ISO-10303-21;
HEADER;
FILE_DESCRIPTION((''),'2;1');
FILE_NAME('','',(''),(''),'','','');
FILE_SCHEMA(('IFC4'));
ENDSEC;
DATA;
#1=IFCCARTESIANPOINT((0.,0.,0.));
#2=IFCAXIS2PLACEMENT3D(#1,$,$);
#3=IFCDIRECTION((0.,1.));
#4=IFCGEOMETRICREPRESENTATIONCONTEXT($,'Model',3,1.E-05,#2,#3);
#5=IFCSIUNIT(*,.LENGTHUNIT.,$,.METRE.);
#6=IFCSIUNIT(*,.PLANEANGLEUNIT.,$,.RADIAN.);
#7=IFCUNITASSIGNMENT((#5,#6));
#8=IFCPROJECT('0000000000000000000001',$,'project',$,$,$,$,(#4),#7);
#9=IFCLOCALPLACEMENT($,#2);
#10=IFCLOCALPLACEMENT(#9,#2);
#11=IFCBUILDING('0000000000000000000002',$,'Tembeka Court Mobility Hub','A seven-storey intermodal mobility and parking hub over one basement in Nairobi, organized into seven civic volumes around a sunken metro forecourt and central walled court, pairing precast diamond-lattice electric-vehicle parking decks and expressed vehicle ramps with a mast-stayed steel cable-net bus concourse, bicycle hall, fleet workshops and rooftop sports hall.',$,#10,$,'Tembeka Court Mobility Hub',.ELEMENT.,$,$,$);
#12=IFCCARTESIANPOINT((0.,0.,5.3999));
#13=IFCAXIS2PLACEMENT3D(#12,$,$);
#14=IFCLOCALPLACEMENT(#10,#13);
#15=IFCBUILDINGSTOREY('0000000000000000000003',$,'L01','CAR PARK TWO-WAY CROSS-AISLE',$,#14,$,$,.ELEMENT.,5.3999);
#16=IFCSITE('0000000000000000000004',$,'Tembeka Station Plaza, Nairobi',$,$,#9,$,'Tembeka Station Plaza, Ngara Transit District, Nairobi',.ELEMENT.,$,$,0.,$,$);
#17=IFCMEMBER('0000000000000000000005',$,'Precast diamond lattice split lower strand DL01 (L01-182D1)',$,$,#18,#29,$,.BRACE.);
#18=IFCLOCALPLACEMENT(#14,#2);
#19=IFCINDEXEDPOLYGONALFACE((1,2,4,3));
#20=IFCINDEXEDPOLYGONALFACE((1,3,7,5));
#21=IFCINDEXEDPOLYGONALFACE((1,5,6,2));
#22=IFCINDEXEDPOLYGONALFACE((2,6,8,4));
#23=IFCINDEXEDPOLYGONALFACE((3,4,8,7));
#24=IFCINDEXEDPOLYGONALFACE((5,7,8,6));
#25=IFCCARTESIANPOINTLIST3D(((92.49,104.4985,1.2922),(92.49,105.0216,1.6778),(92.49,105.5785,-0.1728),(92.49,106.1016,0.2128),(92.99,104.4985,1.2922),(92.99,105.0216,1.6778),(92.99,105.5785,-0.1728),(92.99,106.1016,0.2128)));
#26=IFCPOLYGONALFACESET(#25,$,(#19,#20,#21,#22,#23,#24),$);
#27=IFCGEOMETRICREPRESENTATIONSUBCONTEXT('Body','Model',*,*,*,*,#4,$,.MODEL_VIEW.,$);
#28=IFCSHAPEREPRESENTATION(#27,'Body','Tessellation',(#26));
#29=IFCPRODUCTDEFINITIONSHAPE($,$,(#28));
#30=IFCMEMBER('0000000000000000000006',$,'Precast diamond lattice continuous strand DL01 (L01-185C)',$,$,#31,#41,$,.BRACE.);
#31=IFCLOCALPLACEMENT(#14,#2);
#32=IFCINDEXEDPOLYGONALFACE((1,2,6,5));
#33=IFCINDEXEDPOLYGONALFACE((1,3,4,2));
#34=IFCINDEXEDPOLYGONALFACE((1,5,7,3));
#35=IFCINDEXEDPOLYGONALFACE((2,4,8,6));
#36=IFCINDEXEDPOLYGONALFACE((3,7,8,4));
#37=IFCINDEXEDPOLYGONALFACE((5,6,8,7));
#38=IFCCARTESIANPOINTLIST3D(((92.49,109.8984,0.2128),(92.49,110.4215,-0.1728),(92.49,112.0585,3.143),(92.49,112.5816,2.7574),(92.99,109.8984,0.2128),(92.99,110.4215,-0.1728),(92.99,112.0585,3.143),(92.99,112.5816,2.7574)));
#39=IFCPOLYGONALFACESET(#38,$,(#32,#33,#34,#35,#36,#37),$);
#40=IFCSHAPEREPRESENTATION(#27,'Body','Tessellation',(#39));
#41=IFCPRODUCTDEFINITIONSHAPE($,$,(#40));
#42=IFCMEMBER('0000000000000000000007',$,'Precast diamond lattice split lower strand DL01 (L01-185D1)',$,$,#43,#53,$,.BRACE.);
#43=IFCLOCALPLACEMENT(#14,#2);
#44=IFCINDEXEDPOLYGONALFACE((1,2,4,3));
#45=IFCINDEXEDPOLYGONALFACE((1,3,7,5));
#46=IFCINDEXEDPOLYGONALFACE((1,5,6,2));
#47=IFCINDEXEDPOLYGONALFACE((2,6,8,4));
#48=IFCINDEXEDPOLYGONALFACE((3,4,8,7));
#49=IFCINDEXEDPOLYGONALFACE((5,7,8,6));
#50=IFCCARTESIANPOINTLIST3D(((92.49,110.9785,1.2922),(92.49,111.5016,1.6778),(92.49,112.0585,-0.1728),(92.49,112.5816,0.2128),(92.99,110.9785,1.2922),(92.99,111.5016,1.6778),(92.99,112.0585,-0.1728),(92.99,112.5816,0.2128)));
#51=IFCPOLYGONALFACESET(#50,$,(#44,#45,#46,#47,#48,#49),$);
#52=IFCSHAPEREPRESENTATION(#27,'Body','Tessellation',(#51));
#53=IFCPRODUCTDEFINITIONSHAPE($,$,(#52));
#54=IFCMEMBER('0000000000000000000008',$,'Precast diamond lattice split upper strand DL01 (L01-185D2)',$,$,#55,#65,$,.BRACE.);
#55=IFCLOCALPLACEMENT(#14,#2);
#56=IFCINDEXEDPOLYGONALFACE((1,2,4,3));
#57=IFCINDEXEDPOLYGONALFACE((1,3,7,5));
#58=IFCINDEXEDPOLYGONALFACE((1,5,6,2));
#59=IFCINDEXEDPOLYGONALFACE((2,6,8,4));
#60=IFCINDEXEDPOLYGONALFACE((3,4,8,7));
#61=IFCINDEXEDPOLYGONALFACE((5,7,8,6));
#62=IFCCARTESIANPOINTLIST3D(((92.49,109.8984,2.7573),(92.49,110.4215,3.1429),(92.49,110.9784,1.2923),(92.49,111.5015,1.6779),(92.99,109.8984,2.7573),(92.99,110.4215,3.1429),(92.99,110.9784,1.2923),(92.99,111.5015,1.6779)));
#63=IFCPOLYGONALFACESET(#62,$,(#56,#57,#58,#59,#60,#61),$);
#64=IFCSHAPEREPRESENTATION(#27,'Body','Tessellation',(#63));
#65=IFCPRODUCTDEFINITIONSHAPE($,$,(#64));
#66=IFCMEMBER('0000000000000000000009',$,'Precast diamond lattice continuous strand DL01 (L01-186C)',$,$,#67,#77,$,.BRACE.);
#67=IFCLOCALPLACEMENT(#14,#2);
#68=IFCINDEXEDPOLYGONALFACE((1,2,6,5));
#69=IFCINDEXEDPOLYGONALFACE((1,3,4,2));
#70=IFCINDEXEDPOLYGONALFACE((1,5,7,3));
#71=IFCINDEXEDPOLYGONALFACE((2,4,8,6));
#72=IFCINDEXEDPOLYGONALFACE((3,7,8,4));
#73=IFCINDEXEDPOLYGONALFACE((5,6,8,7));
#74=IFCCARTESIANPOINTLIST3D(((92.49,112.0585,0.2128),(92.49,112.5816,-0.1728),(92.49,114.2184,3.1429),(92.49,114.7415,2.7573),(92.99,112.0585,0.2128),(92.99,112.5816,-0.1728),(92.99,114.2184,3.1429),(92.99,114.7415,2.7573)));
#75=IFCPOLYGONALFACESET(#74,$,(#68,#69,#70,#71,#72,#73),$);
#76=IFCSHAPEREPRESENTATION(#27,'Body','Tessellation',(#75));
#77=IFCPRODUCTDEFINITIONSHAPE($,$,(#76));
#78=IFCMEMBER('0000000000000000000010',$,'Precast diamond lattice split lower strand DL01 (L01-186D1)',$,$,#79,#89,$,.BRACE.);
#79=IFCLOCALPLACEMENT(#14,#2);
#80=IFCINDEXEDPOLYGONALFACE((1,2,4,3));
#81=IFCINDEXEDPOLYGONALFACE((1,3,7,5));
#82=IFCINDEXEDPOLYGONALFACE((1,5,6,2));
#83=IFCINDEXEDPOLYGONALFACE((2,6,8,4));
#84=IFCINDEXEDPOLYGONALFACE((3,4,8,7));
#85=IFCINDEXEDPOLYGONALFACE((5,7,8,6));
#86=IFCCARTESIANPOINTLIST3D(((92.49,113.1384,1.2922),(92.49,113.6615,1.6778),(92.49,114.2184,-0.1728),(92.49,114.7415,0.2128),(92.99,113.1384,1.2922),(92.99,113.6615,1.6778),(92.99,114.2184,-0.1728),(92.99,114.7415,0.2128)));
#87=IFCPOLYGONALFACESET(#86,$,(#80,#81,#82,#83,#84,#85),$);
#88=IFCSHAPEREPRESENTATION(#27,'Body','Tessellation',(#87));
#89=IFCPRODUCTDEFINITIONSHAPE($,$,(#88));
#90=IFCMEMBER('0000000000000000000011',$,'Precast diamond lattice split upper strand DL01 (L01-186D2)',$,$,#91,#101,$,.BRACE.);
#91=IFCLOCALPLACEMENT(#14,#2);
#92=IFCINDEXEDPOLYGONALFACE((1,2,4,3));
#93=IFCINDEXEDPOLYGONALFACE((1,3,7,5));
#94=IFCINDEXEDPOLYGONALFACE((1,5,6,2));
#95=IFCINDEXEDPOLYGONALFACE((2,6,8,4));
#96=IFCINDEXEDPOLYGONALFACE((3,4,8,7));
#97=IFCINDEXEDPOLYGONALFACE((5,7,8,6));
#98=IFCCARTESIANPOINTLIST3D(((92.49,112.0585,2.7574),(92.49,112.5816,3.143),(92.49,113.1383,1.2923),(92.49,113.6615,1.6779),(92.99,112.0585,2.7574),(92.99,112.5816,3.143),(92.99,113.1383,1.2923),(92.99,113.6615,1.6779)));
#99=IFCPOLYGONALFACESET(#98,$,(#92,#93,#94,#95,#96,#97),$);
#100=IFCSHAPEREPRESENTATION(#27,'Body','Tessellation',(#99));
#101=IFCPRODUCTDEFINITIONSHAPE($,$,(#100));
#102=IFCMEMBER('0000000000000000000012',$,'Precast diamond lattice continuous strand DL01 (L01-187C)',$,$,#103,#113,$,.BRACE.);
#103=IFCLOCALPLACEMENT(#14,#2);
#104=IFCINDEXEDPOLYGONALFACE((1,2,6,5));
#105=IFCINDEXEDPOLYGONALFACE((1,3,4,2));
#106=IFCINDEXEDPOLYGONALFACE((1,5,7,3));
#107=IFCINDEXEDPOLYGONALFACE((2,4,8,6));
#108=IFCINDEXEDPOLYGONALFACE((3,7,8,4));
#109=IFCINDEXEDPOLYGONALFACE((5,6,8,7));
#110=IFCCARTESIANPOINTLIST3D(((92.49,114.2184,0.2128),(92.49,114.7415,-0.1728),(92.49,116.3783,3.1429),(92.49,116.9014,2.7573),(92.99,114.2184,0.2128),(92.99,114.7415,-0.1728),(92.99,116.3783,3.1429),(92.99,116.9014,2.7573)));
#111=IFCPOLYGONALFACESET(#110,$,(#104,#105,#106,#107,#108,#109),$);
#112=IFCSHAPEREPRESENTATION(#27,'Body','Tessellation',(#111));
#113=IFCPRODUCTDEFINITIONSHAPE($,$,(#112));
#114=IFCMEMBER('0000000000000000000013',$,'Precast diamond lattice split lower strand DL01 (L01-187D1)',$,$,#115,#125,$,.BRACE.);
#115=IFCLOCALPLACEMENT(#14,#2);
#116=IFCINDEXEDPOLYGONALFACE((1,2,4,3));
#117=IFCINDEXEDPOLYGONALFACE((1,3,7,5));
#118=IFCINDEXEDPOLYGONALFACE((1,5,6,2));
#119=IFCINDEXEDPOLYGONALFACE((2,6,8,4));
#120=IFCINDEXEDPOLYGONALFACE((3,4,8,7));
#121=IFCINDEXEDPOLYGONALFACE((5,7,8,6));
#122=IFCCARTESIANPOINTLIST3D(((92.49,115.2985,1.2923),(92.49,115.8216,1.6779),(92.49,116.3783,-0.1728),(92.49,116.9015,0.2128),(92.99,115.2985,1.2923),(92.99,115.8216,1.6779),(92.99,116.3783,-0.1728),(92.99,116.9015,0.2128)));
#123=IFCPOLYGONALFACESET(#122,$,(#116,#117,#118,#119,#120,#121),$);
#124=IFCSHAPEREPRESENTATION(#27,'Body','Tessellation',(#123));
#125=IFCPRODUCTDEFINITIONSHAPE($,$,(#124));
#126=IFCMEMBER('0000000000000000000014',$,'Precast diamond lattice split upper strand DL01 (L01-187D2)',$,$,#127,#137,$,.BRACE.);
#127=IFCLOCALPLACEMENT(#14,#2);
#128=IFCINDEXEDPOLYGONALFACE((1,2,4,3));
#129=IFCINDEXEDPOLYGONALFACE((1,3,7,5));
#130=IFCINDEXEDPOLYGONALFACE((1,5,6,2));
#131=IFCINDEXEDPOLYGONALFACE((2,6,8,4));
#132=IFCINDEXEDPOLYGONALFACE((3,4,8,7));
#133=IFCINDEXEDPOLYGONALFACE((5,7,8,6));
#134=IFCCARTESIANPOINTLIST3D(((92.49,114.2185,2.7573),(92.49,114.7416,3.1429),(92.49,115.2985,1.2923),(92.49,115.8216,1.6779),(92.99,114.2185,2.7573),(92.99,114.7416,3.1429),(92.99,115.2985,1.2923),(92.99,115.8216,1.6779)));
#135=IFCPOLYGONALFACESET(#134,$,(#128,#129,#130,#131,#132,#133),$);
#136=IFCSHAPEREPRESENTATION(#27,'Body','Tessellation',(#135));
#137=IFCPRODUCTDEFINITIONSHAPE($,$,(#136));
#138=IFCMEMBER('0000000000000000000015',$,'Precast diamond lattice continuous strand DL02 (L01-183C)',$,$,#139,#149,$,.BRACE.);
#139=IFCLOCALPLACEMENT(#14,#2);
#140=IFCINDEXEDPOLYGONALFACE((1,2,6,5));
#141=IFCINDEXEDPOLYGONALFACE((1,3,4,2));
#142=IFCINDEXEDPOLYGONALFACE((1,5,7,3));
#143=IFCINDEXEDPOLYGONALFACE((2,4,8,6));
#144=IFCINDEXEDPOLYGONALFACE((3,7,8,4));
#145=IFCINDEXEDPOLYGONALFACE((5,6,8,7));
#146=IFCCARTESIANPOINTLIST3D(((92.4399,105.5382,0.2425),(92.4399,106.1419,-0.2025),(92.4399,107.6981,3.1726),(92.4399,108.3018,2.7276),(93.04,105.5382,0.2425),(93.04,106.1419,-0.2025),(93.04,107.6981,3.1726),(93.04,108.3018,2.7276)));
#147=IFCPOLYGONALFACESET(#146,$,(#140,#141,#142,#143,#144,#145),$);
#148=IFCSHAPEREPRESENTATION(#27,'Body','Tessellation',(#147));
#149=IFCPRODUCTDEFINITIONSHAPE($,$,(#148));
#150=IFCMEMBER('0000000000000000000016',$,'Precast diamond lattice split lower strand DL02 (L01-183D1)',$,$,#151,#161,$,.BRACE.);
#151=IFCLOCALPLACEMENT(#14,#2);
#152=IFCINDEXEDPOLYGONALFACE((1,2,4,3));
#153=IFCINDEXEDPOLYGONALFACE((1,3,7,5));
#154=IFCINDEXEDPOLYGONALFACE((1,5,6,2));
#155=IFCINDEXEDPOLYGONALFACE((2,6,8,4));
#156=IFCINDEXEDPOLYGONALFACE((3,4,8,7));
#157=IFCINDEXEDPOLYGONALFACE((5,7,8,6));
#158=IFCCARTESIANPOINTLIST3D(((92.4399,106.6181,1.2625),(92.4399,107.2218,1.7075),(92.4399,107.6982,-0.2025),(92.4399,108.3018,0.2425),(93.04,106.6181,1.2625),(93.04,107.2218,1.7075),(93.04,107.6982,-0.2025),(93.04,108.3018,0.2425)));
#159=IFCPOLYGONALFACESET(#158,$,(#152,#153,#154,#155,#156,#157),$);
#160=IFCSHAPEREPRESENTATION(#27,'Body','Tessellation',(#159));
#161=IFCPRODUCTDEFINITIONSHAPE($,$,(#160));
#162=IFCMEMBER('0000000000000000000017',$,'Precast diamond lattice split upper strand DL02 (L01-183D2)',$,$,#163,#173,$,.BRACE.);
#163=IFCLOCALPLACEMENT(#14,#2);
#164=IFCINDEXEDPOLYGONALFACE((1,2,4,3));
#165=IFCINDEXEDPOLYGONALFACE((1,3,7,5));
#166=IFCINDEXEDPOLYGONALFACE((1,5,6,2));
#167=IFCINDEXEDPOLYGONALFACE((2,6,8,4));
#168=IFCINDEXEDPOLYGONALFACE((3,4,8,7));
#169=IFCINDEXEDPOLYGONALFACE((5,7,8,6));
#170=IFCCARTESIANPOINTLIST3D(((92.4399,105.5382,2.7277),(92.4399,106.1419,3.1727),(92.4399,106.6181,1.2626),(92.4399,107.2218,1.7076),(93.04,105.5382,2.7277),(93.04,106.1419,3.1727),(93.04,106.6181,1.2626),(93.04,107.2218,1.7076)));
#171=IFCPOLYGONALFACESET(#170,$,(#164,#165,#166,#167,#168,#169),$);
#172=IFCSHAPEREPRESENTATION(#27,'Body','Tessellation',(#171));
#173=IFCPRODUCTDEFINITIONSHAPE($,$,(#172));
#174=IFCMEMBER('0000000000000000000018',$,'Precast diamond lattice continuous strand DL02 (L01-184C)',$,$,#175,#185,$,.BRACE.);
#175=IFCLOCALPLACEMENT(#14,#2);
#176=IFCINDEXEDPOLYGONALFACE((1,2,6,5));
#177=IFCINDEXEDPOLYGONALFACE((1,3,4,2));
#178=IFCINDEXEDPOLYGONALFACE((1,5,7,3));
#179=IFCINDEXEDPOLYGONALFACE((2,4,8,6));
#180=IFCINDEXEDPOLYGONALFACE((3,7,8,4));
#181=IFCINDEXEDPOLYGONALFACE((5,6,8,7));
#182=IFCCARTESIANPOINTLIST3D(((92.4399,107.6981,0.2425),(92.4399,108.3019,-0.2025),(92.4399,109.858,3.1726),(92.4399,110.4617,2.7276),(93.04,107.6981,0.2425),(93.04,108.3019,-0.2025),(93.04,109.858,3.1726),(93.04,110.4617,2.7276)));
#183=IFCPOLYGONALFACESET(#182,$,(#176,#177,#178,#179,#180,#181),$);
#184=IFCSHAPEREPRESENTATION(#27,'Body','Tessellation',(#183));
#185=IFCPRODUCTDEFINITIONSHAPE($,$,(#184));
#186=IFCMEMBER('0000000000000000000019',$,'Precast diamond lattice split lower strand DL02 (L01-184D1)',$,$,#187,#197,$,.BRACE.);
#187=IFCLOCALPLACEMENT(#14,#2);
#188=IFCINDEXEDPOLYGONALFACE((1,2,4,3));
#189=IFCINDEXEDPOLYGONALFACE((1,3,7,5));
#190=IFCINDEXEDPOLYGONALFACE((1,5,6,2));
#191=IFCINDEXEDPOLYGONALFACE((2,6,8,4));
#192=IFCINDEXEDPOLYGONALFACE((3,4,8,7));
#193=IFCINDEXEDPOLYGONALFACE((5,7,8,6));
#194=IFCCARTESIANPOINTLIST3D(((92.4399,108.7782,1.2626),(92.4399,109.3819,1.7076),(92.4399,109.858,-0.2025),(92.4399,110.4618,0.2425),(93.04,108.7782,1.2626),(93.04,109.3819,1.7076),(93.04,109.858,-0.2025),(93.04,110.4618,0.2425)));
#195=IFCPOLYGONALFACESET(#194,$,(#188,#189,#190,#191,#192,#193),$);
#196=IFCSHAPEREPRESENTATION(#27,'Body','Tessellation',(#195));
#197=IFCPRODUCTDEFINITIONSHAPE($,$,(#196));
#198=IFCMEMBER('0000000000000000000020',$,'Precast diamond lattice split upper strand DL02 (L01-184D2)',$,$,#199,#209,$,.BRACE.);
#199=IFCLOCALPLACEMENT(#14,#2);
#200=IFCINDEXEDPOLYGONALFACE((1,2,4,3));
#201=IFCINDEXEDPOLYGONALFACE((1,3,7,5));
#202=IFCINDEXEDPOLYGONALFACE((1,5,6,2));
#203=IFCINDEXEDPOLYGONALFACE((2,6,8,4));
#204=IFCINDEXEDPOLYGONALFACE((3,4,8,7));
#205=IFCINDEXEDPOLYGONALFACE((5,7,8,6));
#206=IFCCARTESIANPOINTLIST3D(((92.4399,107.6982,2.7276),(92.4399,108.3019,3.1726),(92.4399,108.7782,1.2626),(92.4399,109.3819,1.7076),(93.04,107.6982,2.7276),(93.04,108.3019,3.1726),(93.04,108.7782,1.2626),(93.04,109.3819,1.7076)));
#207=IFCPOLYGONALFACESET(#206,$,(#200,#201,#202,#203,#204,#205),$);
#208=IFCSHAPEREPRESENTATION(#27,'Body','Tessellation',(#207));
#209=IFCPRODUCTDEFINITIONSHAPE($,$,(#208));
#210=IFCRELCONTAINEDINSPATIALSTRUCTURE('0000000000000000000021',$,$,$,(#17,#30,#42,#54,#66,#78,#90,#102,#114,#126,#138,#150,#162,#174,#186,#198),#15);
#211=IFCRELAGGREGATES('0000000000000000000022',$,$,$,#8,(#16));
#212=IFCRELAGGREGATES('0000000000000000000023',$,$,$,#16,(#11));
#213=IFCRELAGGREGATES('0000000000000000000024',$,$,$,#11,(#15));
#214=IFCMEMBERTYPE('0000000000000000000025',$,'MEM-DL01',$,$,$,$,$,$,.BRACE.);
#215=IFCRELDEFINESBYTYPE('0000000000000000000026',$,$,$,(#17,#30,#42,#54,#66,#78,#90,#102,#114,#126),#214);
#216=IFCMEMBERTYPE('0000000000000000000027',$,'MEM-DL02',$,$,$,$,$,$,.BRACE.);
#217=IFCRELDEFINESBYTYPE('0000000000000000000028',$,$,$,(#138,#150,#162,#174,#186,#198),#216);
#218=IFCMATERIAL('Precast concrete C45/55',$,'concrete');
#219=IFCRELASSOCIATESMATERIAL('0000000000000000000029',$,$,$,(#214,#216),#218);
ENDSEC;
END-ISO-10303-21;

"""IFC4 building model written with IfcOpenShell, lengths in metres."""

from ifc_helpers import new_model, si_unit, direction, frame, origin, origin_2d, place, context, subcontext, project, spatial, rectangle, extrude, material, material_profile, profile_set, type_object, element, save


model = new_model("IFC4")

# Units and contexts
model_context = context("Model", 3, precision=1e-05, world=origin(), true_north=direction((0.0, 1.0)))
body_context = subcontext(model_context, "Body", "Model", "MODEL_VIEW")
ifc_project = project(units=[si_unit("LENGTHUNIT", "METRE"), si_unit("PLANEANGLEUNIT", "RADIAN")], contexts=[model_context])

# Site, building, storey
site_placement = place(None, origin())
site = spatial("IfcSite", under=ifc_project, at=site_placement, Name="Tembeka Station Plaza, Nairobi", LongName="Tembeka Station Plaza, Ngara Transit District, Nairobi", CompositionType="ELEMENT", RefElevation=0.0)
building_placement = place(site_placement, origin())
building = spatial("IfcBuilding", under=site, at=building_placement, Name="Tembeka Court Mobility Hub", Description="A seven-storey intermodal mobility and parking hub over one basement in Nairobi, organized into seven civic volumes around a sunken metro forecourt and central walled court, pairing precast diamond-lattice electric-vehicle parking decks and expressed vehicle ramps with a mast-stayed steel cable-net bus concourse, bicycle hall, fleet workshops and rooftop sports hall.", LongName="Tembeka Court Mobility Hub", CompositionType="ELEMENT")
storey_placement = place(building_placement, frame((0.0, 0.0, 5.3999)))
storey = spatial("IfcBuildingStorey", under=building, at=storey_placement, Name="L01", Description="CAR PARK TWO-WAY CROSS-AISLE", CompositionType="ELEMENT", Elevation=5.3999)

# Members
ifc_material_1 = material(Name="Precast concrete C45/55", Category="concrete")
ifc_material_profile_1 = material_profile(ifc_material_1, rectangle(XDim=0.5, YDim=0.6499, at=origin_2d()), Name="PC-DIAG 500x650")
ifc_profile_set_1 = profile_set([ifc_material_profile_1], Name="Precast concrete C45/55")
member_type_1 = type_object("IfcMemberType", Name="MEM-DL01", PredefinedType="BRACE", material=ifc_profile_set_1)
member_1_placement = place(storey_placement, frame((92.74, 105.8401, 0.02), z_axis=(0.0, -0.593391, 0.804914), x_axis=(1.0, 0.0, 0.0)))
element("IfcMember", 1, at=member_1_placement, inside=storey, type_object=member_type_1, Name="Precast diamond lattice split lower strand DL01 (L01-182D1)", PredefinedType="BRACE", context=body_context, shape_type="SweptSolid", body=[
    extrude(rectangle(XDim=0.5, YDim=0.6499, at=origin_2d()), origin(), (0.0, 0.0, 1.0), 1.8201),
])
member_2_placement = place(storey_placement, frame((92.74, 110.1599, 0.02), z_axis=(0.0, 0.593391, 0.804914), x_axis=(-1.0, 0.0, 0.0)))
element("IfcMember", 2, at=member_2_placement, inside=storey, type_object=member_type_1, Name="Precast diamond lattice continuous strand DL01 (L01-185C)", PredefinedType="BRACE", context=body_context, shape_type="SweptSolid", body=[
    extrude(rectangle(XDim=0.5, YDim=0.6499, at=origin_2d()), origin(), (0.0, 0.0, 1.0), 3.6404),
])
for number, where, z_axis, x_axis, name in (
    (3, (92.74, 112.3201, 0.02), (0.0, -0.593391, 0.804914), (1.0, 0.0, 0.0), "Precast diamond lattice split lower strand DL01 (L01-185D1)"),
    (4, (92.74, 111.24, 1.4851), (0.0, -0.593391, 0.804914), (1.0, 0.0, 0.0), "Precast diamond lattice split upper strand DL01 (L01-185D2)"),
):
    element("IfcMember", number, at=place(storey_placement, frame(where, z_axis=z_axis, x_axis=x_axis)), inside=storey, type_object=member_type_1, Name=name, PredefinedType="BRACE", context=body_context, shape_type="SweptSolid", body=[
        extrude(rectangle(XDim=0.5, YDim=0.6499, at=origin_2d()), origin(), (0.0, 0.0, 1.0), 1.8201),
    ])
member_3_placement = place(storey_placement, frame((92.74, 112.3201, 0.02), z_axis=(0.0, 0.593348, 0.804946), x_axis=(-1.0, 0.0, 0.0)))
element("IfcMember", 5, at=member_3_placement, inside=storey, type_object=member_type_1, Name="Precast diamond lattice continuous strand DL01 (L01-186C)", PredefinedType="BRACE", context=body_context, shape_type="SweptSolid", body=[
    extrude(rectangle(XDim=0.5, YDim=0.6499, at=origin_2d()), origin(), (0.0, 0.0, 1.0), 3.6401),
])
for number, where, z_axis, x_axis, name in (
    (6, (92.74, 114.48, 0.02), (0.0, -0.593391, 0.804914), (1.0, 0.0, 0.0), "Precast diamond lattice split lower strand DL01 (L01-186D1)"),
    (7, (92.74, 113.3999, 1.4851), (0.0, -0.593304, 0.804978), (1.0, 0.0, 0.0), "Precast diamond lattice split upper strand DL01 (L01-186D2)"),
):
    element("IfcMember", number, at=place(storey_placement, frame(where, z_axis=z_axis, x_axis=x_axis)), inside=storey, type_object=member_type_1, Name=name, PredefinedType="BRACE", context=body_context, shape_type="SweptSolid", body=[
        extrude(rectangle(XDim=0.5, YDim=0.6499, at=origin_2d()), origin(), (0.0, 0.0, 1.0), 1.8201),
    ])
member_4_placement = place(storey_placement, frame((92.74, 114.48, 0.02), z_axis=(0.0, 0.593348, 0.804946), x_axis=(-1.0, 0.0, 0.0)))
element("IfcMember", 8, at=member_4_placement, inside=storey, type_object=member_type_1, Name="Precast diamond lattice continuous strand DL01 (L01-187C)", PredefinedType="BRACE", context=body_context, shape_type="SweptSolid", body=[
    extrude(rectangle(XDim=0.5, YDim=0.6499, at=origin_2d()), origin(), (0.0, 0.0, 1.0), 3.6401),
])
for number, where, z_axis, x_axis, name in (
    (9, (92.74, 116.6399, 0.02), (0.0, -0.593304, 0.804978), (1.0, 0.0, 0.0), "Precast diamond lattice split lower strand DL01 (L01-187D1)"),
    (10, (92.74, 115.5601, 1.4851), (0.0, -0.593391, 0.804914), (1.0, 0.0, 0.0), "Precast diamond lattice split upper strand DL01 (L01-187D2)"),
):
    element("IfcMember", number, at=place(storey_placement, frame(where, z_axis=z_axis, x_axis=x_axis)), inside=storey, type_object=member_type_1, Name=name, PredefinedType="BRACE", context=body_context, shape_type="SweptSolid", body=[
        extrude(rectangle(XDim=0.5, YDim=0.6499, at=origin_2d()), origin(), (0.0, 0.0, 1.0), 1.8201),
    ])
ifc_material_profile_2 = material_profile(ifc_material_1, rectangle(XDim=0.6001, YDim=0.75, at=origin_2d()), Name="PC-DIAG 600x750")
ifc_profile_set_2 = profile_set([ifc_material_profile_2], Name="Precast concrete C45/55")
member_type_2 = type_object("IfcMemberType", Name="MEM-DL02", PredefinedType="BRACE", material=ifc_profile_set_2)
member_5_placement = place(storey_placement, frame((92.74, 105.8401, 0.02), z_axis=(0.0, 0.593348, 0.804946), x_axis=(-1.0, 0.0, 0.0)))
element("IfcMember", 11, at=member_5_placement, inside=storey, type_object=member_type_2, Name="Precast diamond lattice continuous strand DL02 (L01-183C)", PredefinedType="BRACE", context=body_context, shape_type="SweptSolid", body=[
    extrude(rectangle(XDim=0.6001, YDim=0.75, at=origin_2d()), origin(), (0.0, 0.0, 1.0), 3.6401),
])
for number, where, z_axis, x_axis, name in (
    (12, (92.74, 108.0, 0.02), (0.0, -0.593391, 0.804914), (1.0, 0.0, 0.0), "Precast diamond lattice split lower strand DL02 (L01-183D1)"),
    (13, (92.74, 106.9199, 1.4851), (0.0, -0.593304, 0.804978), (1.0, 0.0, 0.0), "Precast diamond lattice split upper strand DL02 (L01-183D2)"),
):
    element("IfcMember", number, at=place(storey_placement, frame(where, z_axis=z_axis, x_axis=x_axis)), inside=storey, type_object=member_type_2, Name=name, PredefinedType="BRACE", context=body_context, shape_type="SweptSolid", body=[
        extrude(rectangle(XDim=0.6001, YDim=0.75, at=origin_2d()), origin(), (0.0, 0.0, 1.0), 1.8201),
    ])
member_6_placement = place(storey_placement, frame((92.74, 108.0, 0.02), z_axis=(0.0, 0.593348, 0.804946), x_axis=(-1.0, 0.0, 0.0)))
element("IfcMember", 14, at=member_6_placement, inside=storey, type_object=member_type_2, Name="Precast diamond lattice continuous strand DL02 (L01-184C)", PredefinedType="BRACE", context=body_context, shape_type="SweptSolid", body=[
    extrude(rectangle(XDim=0.6001, YDim=0.75, at=origin_2d()), origin(), (0.0, 0.0, 1.0), 3.6401),
])
for number, where, z_axis, x_axis, name in (
    (15, (92.74, 110.1599, 0.02), (0.0, -0.593304, 0.804978), (1.0, 0.0, 0.0), "Precast diamond lattice split lower strand DL02 (L01-184D1)"),
    (16, (92.74, 109.0801, 1.4851), (0.0, -0.593391, 0.804914), (1.0, 0.0, 0.0), "Precast diamond lattice split upper strand DL02 (L01-184D2)"),
):
    element("IfcMember", number, at=place(storey_placement, frame(where, z_axis=z_axis, x_axis=x_axis)), inside=storey, type_object=member_type_2, Name=name, PredefinedType="BRACE", context=body_context, shape_type="SweptSolid", body=[
        extrude(rectangle(XDim=0.6001, YDim=0.75, at=origin_2d()), origin(), (0.0, 0.0, 1.0), 1.8201),
    ])

save(model, "model.ifc")
